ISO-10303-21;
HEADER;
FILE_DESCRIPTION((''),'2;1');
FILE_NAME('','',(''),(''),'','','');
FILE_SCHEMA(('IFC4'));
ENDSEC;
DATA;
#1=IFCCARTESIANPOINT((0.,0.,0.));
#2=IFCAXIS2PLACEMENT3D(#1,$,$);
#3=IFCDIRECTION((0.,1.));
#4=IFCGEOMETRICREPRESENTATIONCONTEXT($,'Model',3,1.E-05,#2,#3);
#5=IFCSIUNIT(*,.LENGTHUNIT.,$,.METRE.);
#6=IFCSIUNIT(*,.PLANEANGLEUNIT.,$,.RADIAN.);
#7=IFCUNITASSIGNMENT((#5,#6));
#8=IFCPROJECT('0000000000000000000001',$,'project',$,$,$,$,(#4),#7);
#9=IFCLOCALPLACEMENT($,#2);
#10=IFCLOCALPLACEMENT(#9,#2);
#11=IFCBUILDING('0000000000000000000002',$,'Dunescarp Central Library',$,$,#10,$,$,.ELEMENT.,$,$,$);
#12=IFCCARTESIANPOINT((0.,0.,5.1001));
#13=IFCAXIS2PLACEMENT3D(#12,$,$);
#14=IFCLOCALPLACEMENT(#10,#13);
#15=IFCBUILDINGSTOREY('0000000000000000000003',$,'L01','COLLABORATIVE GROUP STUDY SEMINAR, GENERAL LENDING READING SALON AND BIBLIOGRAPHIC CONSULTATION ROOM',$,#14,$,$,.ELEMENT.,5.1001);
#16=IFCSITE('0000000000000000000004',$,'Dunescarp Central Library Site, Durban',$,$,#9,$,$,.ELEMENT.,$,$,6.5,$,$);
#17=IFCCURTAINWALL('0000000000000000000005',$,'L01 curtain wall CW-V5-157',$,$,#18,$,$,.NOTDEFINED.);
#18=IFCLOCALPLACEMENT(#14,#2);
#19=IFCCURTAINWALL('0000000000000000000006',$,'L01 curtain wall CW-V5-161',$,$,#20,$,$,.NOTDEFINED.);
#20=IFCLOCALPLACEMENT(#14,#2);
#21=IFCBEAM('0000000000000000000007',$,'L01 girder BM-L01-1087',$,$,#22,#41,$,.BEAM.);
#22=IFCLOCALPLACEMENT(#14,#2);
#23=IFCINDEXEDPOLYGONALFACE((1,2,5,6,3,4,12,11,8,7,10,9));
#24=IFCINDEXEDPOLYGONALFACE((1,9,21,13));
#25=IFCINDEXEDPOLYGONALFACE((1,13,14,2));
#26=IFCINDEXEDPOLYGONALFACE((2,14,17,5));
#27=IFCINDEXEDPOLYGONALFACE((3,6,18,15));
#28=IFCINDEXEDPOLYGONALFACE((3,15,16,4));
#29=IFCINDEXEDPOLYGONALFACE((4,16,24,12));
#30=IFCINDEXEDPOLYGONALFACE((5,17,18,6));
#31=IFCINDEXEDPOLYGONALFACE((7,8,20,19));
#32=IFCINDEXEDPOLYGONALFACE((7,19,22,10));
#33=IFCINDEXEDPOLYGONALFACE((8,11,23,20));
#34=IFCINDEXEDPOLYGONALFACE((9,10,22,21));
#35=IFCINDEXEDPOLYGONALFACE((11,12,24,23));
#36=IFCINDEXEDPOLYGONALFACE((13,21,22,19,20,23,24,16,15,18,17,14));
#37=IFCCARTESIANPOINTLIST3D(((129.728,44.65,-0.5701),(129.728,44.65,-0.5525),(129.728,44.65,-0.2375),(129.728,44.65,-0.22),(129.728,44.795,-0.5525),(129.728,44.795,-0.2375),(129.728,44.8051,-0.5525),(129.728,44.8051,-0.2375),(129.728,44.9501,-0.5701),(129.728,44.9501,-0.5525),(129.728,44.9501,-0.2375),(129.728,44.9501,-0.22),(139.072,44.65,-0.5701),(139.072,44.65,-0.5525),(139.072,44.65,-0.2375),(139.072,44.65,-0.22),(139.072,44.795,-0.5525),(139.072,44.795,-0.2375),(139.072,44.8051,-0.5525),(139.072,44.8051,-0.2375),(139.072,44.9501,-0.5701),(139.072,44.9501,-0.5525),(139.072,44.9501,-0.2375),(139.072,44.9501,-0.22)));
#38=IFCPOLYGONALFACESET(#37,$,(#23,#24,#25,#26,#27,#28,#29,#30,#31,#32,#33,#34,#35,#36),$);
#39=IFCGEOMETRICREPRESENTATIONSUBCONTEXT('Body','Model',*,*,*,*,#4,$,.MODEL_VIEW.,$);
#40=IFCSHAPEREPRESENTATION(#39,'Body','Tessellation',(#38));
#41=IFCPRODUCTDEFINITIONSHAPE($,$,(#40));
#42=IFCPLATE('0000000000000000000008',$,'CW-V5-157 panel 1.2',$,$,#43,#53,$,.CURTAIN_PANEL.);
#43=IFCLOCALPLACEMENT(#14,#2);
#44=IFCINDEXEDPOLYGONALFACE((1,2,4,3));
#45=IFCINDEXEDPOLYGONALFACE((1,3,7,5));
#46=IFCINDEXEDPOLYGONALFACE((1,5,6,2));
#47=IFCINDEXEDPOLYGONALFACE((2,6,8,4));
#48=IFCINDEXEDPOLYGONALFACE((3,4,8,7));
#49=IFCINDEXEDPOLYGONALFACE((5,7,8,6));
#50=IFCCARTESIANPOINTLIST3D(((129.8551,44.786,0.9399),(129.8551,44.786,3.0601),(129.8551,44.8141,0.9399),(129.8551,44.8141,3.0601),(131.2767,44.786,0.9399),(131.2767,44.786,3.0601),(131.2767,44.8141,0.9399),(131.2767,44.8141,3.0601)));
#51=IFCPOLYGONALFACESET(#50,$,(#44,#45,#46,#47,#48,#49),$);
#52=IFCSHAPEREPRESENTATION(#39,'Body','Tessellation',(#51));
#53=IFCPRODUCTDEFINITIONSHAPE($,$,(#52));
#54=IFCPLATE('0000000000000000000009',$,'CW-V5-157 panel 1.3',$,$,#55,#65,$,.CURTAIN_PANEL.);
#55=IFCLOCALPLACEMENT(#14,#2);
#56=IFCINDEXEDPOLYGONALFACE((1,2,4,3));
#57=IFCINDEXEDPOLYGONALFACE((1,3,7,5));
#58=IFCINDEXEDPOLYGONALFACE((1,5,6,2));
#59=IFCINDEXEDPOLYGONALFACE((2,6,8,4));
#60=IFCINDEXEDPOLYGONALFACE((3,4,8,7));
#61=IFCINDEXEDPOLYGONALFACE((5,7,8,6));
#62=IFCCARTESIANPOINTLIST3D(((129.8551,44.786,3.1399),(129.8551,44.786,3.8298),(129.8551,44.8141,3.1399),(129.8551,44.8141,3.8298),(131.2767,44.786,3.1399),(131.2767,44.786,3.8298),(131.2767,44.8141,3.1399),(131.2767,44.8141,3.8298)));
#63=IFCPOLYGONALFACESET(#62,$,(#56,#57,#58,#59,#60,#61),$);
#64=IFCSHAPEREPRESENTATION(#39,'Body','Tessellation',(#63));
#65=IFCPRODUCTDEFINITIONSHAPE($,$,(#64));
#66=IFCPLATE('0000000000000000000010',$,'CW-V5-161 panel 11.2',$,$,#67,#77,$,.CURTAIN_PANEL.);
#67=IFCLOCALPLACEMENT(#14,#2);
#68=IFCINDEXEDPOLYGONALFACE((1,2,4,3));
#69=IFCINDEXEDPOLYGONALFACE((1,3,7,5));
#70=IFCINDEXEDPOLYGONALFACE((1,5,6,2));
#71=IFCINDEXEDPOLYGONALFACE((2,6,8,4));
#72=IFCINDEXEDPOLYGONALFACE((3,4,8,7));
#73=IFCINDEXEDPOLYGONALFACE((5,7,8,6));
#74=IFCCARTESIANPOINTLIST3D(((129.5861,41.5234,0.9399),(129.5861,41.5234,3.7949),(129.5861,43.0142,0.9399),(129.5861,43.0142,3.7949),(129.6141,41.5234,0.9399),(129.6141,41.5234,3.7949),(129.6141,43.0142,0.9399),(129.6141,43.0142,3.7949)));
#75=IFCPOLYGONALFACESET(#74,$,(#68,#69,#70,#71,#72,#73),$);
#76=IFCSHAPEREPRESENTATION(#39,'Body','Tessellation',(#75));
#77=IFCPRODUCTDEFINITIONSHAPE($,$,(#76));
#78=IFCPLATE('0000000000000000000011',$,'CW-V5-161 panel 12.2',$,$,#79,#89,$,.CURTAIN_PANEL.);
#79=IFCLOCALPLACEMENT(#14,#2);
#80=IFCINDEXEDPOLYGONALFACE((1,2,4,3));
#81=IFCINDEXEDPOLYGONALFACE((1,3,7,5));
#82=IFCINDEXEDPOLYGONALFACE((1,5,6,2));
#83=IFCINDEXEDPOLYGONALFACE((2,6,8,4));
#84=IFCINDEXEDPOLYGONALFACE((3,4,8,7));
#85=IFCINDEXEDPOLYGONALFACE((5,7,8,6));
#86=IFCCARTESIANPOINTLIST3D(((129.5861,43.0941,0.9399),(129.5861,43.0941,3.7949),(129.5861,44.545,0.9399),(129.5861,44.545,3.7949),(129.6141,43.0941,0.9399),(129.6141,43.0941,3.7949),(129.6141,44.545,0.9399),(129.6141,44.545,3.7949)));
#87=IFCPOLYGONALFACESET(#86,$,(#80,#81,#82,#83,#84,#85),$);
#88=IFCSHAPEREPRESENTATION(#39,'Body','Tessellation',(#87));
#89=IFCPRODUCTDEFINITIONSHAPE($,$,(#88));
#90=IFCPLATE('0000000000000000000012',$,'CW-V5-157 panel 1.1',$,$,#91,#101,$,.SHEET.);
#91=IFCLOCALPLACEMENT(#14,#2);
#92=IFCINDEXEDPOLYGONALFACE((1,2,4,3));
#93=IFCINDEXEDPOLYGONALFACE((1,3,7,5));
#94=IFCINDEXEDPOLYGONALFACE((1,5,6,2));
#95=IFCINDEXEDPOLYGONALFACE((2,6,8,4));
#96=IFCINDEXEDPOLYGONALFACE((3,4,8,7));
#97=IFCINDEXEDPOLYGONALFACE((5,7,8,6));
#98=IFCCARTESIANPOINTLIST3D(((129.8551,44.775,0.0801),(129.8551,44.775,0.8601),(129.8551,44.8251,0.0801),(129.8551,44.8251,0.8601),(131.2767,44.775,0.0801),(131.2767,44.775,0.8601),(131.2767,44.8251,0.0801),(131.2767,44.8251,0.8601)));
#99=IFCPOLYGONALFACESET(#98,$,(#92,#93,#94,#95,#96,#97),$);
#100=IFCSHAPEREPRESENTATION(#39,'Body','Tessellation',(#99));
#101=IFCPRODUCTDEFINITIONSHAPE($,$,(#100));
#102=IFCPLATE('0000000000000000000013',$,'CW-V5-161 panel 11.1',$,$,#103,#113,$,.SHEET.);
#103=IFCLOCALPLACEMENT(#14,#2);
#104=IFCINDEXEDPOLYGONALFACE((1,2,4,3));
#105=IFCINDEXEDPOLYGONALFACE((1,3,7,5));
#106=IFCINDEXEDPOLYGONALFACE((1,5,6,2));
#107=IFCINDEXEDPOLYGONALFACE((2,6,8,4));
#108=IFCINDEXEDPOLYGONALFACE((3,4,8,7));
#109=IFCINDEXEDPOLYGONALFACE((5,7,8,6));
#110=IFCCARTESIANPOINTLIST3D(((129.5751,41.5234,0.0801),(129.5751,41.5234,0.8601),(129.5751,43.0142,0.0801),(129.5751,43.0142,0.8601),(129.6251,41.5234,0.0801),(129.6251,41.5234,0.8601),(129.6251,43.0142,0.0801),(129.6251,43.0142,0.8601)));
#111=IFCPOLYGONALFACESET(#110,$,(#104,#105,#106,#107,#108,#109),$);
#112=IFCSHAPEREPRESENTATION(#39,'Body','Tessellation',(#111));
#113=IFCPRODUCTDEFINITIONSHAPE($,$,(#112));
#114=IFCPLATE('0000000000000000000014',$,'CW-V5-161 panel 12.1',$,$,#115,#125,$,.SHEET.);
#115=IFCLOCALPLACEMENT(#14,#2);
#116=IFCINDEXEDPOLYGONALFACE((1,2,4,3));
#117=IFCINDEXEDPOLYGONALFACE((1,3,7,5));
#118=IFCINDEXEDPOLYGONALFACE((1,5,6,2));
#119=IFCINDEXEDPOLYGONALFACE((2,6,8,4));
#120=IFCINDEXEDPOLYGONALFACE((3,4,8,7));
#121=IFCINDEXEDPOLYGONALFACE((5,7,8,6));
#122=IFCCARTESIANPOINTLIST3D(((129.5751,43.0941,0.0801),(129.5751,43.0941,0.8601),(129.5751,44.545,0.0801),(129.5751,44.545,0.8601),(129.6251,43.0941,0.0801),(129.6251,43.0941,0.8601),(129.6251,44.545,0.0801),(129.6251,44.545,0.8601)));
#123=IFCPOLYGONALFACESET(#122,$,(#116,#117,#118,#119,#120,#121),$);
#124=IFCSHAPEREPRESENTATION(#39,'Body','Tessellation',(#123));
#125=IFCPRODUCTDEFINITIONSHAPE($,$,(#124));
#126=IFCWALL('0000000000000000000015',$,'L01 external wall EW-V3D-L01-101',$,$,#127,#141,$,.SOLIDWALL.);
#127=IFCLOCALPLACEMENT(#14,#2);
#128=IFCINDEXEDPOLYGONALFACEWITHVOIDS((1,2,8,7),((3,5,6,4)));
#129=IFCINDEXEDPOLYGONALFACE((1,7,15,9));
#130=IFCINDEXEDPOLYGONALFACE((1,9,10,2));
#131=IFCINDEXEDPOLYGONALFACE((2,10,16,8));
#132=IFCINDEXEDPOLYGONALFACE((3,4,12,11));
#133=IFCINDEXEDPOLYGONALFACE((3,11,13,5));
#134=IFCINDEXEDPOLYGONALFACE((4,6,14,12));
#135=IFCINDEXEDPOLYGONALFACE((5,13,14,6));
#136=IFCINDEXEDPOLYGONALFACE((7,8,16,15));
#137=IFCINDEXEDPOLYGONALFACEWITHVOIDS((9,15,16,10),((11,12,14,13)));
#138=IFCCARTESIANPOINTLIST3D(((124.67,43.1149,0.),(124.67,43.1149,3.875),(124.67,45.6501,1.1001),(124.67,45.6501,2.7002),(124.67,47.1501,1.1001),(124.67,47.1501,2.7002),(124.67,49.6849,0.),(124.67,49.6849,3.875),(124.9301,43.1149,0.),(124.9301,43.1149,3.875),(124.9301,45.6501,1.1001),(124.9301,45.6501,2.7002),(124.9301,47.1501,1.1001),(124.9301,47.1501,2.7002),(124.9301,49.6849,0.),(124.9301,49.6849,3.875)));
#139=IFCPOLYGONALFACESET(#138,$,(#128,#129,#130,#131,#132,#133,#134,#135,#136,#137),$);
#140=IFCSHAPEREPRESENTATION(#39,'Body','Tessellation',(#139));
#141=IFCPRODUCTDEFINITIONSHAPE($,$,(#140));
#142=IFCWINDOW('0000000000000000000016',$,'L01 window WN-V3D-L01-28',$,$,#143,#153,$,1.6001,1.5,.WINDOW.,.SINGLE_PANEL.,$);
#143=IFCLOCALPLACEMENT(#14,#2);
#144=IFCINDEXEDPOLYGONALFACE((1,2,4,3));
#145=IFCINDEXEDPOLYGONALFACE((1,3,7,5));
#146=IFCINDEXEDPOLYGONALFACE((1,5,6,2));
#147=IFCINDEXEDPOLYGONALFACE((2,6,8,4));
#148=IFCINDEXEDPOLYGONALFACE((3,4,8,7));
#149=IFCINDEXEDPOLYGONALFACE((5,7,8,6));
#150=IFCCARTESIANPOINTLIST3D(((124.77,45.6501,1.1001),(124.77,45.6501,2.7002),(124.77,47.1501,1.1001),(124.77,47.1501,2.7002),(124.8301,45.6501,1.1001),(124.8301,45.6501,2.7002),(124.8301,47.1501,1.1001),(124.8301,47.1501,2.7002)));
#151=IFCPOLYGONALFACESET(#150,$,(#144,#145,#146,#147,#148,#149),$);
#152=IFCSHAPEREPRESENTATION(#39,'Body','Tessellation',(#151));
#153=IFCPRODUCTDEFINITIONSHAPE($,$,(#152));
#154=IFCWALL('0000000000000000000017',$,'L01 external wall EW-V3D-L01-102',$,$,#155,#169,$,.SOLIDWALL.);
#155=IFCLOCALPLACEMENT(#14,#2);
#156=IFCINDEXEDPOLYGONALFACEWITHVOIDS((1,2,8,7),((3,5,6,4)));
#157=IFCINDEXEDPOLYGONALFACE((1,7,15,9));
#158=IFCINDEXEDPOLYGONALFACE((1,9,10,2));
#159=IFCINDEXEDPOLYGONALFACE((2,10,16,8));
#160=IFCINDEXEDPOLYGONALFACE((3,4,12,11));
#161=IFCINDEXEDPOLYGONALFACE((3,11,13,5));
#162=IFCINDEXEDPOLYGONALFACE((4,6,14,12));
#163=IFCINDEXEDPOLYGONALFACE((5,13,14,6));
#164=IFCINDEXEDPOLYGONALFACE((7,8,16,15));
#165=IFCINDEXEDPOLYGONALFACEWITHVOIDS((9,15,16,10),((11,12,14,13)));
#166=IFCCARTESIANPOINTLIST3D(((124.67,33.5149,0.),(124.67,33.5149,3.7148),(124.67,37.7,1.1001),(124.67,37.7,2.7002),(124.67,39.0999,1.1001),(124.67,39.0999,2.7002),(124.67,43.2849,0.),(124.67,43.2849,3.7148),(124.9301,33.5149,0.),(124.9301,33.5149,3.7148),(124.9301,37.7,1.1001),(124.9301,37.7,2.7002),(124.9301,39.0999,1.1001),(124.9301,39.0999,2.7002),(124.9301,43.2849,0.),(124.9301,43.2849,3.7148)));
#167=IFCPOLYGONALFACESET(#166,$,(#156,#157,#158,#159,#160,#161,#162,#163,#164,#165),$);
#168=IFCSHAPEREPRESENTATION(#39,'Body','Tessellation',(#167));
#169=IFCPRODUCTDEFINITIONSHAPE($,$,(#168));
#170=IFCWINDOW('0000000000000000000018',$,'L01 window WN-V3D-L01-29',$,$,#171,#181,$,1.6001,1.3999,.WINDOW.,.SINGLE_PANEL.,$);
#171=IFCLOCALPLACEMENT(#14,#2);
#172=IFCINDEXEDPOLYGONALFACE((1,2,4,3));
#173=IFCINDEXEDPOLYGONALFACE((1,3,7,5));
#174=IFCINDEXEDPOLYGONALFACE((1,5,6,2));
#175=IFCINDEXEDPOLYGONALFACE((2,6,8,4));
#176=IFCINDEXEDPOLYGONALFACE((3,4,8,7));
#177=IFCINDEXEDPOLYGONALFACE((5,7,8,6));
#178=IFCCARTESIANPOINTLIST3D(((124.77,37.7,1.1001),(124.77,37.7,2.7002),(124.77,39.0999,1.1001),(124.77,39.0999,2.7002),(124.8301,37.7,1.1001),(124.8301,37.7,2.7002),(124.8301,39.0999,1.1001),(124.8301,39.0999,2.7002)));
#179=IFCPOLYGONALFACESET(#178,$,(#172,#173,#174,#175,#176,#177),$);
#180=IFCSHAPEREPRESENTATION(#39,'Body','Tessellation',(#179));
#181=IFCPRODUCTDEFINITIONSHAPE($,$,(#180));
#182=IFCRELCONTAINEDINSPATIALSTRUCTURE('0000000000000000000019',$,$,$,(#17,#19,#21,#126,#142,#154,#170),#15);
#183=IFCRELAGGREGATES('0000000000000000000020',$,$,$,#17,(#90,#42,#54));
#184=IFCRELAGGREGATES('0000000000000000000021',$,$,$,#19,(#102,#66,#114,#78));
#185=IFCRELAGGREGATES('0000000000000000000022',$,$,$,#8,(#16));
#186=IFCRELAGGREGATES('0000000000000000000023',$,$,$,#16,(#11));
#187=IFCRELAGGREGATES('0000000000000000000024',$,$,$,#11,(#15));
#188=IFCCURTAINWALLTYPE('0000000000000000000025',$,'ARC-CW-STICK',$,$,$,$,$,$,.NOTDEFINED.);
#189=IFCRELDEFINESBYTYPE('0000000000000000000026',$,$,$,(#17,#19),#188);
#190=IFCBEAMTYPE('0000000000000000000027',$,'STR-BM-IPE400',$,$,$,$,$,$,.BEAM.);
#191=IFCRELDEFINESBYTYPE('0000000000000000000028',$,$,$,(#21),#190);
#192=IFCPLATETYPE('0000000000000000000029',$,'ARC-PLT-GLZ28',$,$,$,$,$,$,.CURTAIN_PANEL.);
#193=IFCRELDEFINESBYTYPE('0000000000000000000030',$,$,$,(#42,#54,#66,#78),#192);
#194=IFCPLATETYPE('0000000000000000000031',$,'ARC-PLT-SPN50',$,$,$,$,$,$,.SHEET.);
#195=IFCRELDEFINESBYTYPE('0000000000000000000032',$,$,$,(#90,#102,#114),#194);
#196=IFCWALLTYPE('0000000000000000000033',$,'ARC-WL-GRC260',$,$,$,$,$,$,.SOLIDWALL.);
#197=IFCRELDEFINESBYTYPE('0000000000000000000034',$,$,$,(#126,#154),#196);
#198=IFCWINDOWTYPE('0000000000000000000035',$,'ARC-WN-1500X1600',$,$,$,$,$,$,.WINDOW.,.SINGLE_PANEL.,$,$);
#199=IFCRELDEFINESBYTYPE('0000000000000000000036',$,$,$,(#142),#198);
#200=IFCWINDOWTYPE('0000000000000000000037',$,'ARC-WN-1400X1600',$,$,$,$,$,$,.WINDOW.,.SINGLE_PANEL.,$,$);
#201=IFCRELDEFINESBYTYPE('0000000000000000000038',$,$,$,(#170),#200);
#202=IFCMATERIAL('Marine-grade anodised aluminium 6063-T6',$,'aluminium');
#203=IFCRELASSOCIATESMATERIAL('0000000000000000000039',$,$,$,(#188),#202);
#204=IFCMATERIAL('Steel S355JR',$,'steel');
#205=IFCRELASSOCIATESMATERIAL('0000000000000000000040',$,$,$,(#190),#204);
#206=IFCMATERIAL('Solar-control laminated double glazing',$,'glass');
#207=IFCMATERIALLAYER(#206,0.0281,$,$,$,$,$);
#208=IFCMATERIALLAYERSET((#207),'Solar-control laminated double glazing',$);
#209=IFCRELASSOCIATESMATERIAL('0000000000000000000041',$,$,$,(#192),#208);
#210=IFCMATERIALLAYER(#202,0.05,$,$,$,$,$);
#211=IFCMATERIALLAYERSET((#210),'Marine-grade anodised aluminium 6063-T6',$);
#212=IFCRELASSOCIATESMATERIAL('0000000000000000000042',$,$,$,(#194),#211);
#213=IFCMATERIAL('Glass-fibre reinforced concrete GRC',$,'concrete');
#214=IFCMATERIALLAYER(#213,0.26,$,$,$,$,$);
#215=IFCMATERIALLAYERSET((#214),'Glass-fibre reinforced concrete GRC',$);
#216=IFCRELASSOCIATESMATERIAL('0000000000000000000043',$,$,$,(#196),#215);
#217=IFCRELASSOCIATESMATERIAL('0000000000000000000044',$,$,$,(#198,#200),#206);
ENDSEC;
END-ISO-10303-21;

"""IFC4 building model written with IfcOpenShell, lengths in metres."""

from ifc_helpers import new_model, si_unit, direction, frame, frame_2d, origin, origin_2d, place, context, subcontext, project, spatial, rectangle, i_section, extrude, material, layer, layer_set, material_profile, profile_set, type_object, element, fill, aggregate, save


model = new_model("IFC4")

# Units and contexts
model_context = context("Model", 3, precision=1e-05, world=origin(), true_north=direction((0.0, 1.0)))
body_context = subcontext(model_context, "Body", "Model", "MODEL_VIEW")
ifc_project = project(units=[si_unit("LENGTHUNIT", "METRE"), si_unit("PLANEANGLEUNIT", "RADIAN")], contexts=[model_context])

# Site, building, storey
site_placement = place(None, origin())
site = spatial("IfcSite", under=ifc_project, at=site_placement, Name="Dunescarp Central Library Site, Durban", CompositionType="ELEMENT", RefElevation=6.5)
building_placement = place(site_placement, origin())
building = spatial("IfcBuilding", under=site, at=building_placement, Name="Dunescarp Central Library", CompositionType="ELEMENT")
storey_placement = place(building_placement, frame((0.0, 0.0, 5.1001)))
storey = spatial("IfcBuildingStorey", under=building, at=storey_placement, Name="L01", Description="COLLABORATIVE GROUP STUDY SEMINAR, GENERAL LENDING READING SALON AND BIBLIOGRAPHIC CONSULTATION ROOM", CompositionType="ELEMENT", Elevation=5.1001)

# Shared definitions
ifc_material_1 = material(Name="Steel S355JR", Category="steel")

# Curtain wall
ifc_material_2 = material(Name="Marine-grade anodised aluminium 6063-T6", Category="aluminium")
curtain_wall_type = type_object("IfcCurtainWallType", Name="ARC-CW-STICK", PredefinedType="NOTDEFINED", material=ifc_material_2)
curtain_wall_1_placement = place(storey_placement, origin())
curtain_wall_1 = element("IfcCurtainWall", 1, at=curtain_wall_1_placement, inside=storey, type_object=curtain_wall_type, Name="L01 curtain wall CW-V5-157", PredefinedType="NOTDEFINED")

# Curtain wall
curtain_wall_2_placement = place(storey_placement, origin())
curtain_wall_2 = element("IfcCurtainWall", 2, at=curtain_wall_2_placement, inside=storey, type_object=curtain_wall_type, Name="L01 curtain wall CW-V5-161", PredefinedType="NOTDEFINED")

# Beam
ifc_material_profile_1 = material_profile(ifc_material_1, i_section(OverallWidth=0.3, OverallDepth=0.3501, WebThickness=0.01, FlangeThickness=0.0176, at=origin_2d()), Name="HEA 360")
ifc_profile_set_1 = profile_set([ifc_material_profile_1], Name="Steel S355JR")
beam_type = type_object("IfcBeamType", Name="STR-BM-IPE400", PredefinedType="BEAM", material=ifc_profile_set_1)
beam_placement = place(storey_placement, frame((129.728, 44.8, -0.395), z_axis=(1.0, 0.0, 0.0), x_axis=(0.0, 1.0, 0.0)))
element("IfcBeam", 3, at=beam_placement, inside=storey, type_object=beam_type, Name="L01 girder BM-L01-1087", PredefinedType="BEAM", context=body_context, shape_type="SweptSolid", body=[
    extrude(i_section(OverallWidth=0.3, OverallDepth=0.3501, WebThickness=0.01, FlangeThickness=0.0176, at=origin_2d()), origin(), (0.0, 0.0, 1.0), 9.344),
])

# Plates
ifc_material_3 = material(Name="Solar-control laminated double glazing", Category="glass")
ifc_layer_1 = layer(ifc_material_3, 0.0281)
ifc_layer_set_1 = layer_set([ifc_layer_1], Name="Solar-control laminated double glazing")
plate_type_1 = type_object("IfcPlateType", Name="ARC-PLT-GLZ28", PredefinedType="CURTAIN_PANEL", material=ifc_layer_set_1)
plate_1_placement = place(storey_placement, frame((130.5659, 44.8, 0.9399), z_axis=(0.0, 0.0, 1.0), x_axis=(1.0, 0.0, 0.0)))
plate_1 = element("IfcPlate", 4, at=plate_1_placement, type_object=plate_type_1, Name="CW-V5-157 panel 1.2", PredefinedType="CURTAIN_PANEL", context=body_context, shape_type="SweptSolid", body=[
    extrude(rectangle(XDim=1.4216, YDim=0.0281, at=origin_2d()), origin(), (0.0, 0.0, 1.0), 2.1201),
])
plate_2_placement = place(storey_placement, frame((130.5659, 44.8, 3.1399), z_axis=(0.0, 0.0, 1.0), x_axis=(1.0, 0.0, 0.0)))
plate_2 = element("IfcPlate", 5, at=plate_2_placement, type_object=plate_type_1, Name="CW-V5-157 panel 1.3", PredefinedType="CURTAIN_PANEL", context=body_context, shape_type="SweptSolid", body=[
    extrude(rectangle(XDim=1.4216, YDim=0.0281, at=origin_2d()), origin(), (0.0, 0.0, 1.0), 0.6899),
])
plate_3_placement = place(storey_placement, frame((129.6001, 42.2688, 0.9399), z_axis=(0.0, 0.0, 1.0), x_axis=(0.0, 1.0, 0.0)))
plate_3 = element("IfcPlate", 6, at=plate_3_placement, type_object=plate_type_1, Name="CW-V5-161 panel 11.2", PredefinedType="CURTAIN_PANEL", context=body_context, shape_type="SweptSolid", body=[
    extrude(rectangle(XDim=1.4907, YDim=0.0281, at=origin_2d()), origin(), (0.0, 0.0, 1.0), 2.855),
])
plate_4_placement = place(storey_placement, frame((129.6001, 43.8196, 0.9399), z_axis=(0.0, 0.0, 1.0), x_axis=(0.0, 1.0, 0.0)))
plate_4 = element("IfcPlate", 7, at=plate_4_placement, type_object=plate_type_1, Name="CW-V5-161 panel 12.2", PredefinedType="CURTAIN_PANEL", context=body_context, shape_type="SweptSolid", body=[
    extrude(rectangle(XDim=1.4509, YDim=0.0281, at=origin_2d()), origin(), (0.0, 0.0, 1.0), 2.855),
])
ifc_layer_2 = layer(ifc_material_2, 0.05)
ifc_layer_set_2 = layer_set([ifc_layer_2], Name="Marine-grade anodised aluminium 6063-T6")
plate_type_2 = type_object("IfcPlateType", Name="ARC-PLT-SPN50", PredefinedType="SHEET", material=ifc_layer_set_2)
plate_5_placement = place(storey_placement, frame((130.5659, 44.8, 0.0801), z_axis=(0.0, 0.0, 1.0), x_axis=(1.0, 0.0, 0.0)))
plate_5 = element("IfcPlate", 8, at=plate_5_placement, type_object=plate_type_2, Name="CW-V5-157 panel 1.1", PredefinedType="SHEET", context=body_context, shape_type="SweptSolid", body=[
    extrude(rectangle(XDim=1.4216, YDim=0.05, at=origin_2d()), origin(), (0.0, 0.0, 1.0), 0.78),
])
aggregate(curtain_wall_1, [plate_5, plate_1, plate_2])
plate_6_placement = place(storey_placement, frame((129.6001, 42.2688, 0.0801), z_axis=(0.0, 0.0, 1.0), x_axis=(0.0, 1.0, 0.0)))
plate_6 = element("IfcPlate", 9, at=plate_6_placement, type_object=plate_type_2, Name="CW-V5-161 panel 11.1", PredefinedType="SHEET", context=body_context, shape_type="SweptSolid", body=[
    extrude(rectangle(XDim=1.4907, YDim=0.05, at=origin_2d()), origin(), (0.0, 0.0, 1.0), 0.78),
])
plate_7_placement = place(storey_placement, frame((129.6001, 43.8196, 0.0801), z_axis=(0.0, 0.0, 1.0), x_axis=(0.0, 1.0, 0.0)))
plate_7 = element("IfcPlate", 10, at=plate_7_placement, type_object=plate_type_2, Name="CW-V5-161 panel 12.1", PredefinedType="SHEET", context=body_context, shape_type="SweptSolid", body=[
    extrude(rectangle(XDim=1.4509, YDim=0.05, at=origin_2d()), origin(), (0.0, 0.0, 1.0), 0.78),
])
aggregate(curtain_wall_2, [plate_6, plate_3, plate_7, plate_4])

# Walls, openings, windows
ifc_material_4 = material(Name="Glass-fibre reinforced concrete GRC", Category="concrete")
ifc_layer_3 = layer(ifc_material_4, 0.26)
ifc_layer_set_3 = layer_set([ifc_layer_3], Name="Glass-fibre reinforced concrete GRC")
wall_type = type_object("IfcWallType", Name="ARC-WL-GRC260", PredefinedType="SOLIDWALL", material=ifc_layer_set_3)
wall_1_placement = place(storey_placement, frame((124.8, 49.6851, 0.0), z_axis=(0.0, 0.0, 1.0), x_axis=(0.0, -1.0, 0.0)))
wall_1 = element("IfcWall", 11, at=wall_1_placement, inside=storey, type_object=wall_type, Name="L01 external wall EW-V3D-L01-101", PredefinedType="SOLIDWALL", context=body_context, shape_type="SweptSolid", body=[
    extrude(rectangle(XDim=6.5701, YDim=0.26, at=frame_2d((3.2852, 0.0))), origin(), (0.0, 0.0, 1.0), 3.875),
])
opening_1_placement = place(wall_1_placement, frame((2.5349, 0.0, 1.1001)))
opening_1 = element("IfcOpeningElement", 12, at=opening_1_placement, cuts=wall_1, PredefinedType="OPENING", context=body_context, shape_type="SweptSolid", body=[
    extrude(rectangle(XDim=1.5, YDim=1.6001, at=frame_2d((0.75, 0.8))), frame((0.0, 0.1401, 0.0), z_axis=(0.0, -1.0, 0.0), x_axis=(1.0, 0.0, 0.0)), (0.0, 0.0, 1.0), 0.28),
])
window_type_1 = type_object("IfcWindowType", Name="ARC-WN-1500X1600", PartitioningType="SINGLE_PANEL", PredefinedType="WINDOW", material=ifc_material_3)
window_1_placement = place(opening_1_placement, origin())
window_1 = element("IfcWindow", 13, at=window_1_placement, inside=storey, type_object=window_type_1, Name="L01 window WN-V3D-L01-28", OverallHeight=1.6001, OverallWidth=1.5, PartitioningType="SINGLE_PANEL", PredefinedType="WINDOW", context=body_context, shape_type="SweptSolid", body=[
    extrude(rectangle(XDim=1.5, YDim=1.6001, at=frame_2d((0.75, 0.8))), frame((0.0, 0.03, 0.0), z_axis=(0.0, -1.0, 0.0), x_axis=(1.0, 0.0, 0.0)), (0.0, 0.0, 1.0), 0.0601),
])
fill(opening_1, window_1)
wall_2_placement = place(storey_placement, frame((124.8, 43.2849, 0.0), z_axis=(0.0, 0.0, 1.0), x_axis=(0.0, -1.0, 0.0)))
wall_2 = element("IfcWall", 14, at=wall_2_placement, inside=storey, type_object=wall_type, Name="L01 external wall EW-V3D-L01-102", PredefinedType="SOLIDWALL", context=body_context, shape_type="SweptSolid", body=[
    extrude(rectangle(XDim=9.77, YDim=0.26, at=frame_2d((4.885, 0.0))), origin(), (0.0, 0.0, 1.0), 3.7148),
])
opening_2_placement = place(wall_2_placement, frame((4.1851, 0.0, 1.1001)))
opening_2 = element("IfcOpeningElement", 15, at=opening_2_placement, cuts=wall_2, PredefinedType="OPENING", context=body_context, shape_type="SweptSolid", body=[
    extrude(rectangle(XDim=1.3999, YDim=1.6001, at=frame_2d((0.7, 0.8))), frame((0.0, 0.1401, 0.0), z_axis=(0.0, -1.0, 0.0), x_axis=(1.0, 0.0, 0.0)), (0.0, 0.0, 1.0), 0.28),
])
window_type_2 = type_object("IfcWindowType", Name="ARC-WN-1400X1600", PartitioningType="SINGLE_PANEL", PredefinedType="WINDOW", material=ifc_material_3)
window_2_placement = place(opening_2_placement, origin())
window_2 = element("IfcWindow", 16, at=window_2_placement, inside=storey, type_object=window_type_2, Name="L01 window WN-V3D-L01-29", OverallHeight=1.6001, OverallWidth=1.3999, PartitioningType="SINGLE_PANEL", PredefinedType="WINDOW", context=body_context, shape_type="SweptSolid", body=[
    extrude(rectangle(XDim=1.3999, YDim=1.6001, at=frame_2d((0.7, 0.8))), frame((0.0, 0.03, 0.0), z_axis=(0.0, -1.0, 0.0), x_axis=(1.0, 0.0, 0.0)), (0.0, 0.0, 1.0), 0.0601),
])
fill(opening_2, window_2)

save(model, "model.ifc")
